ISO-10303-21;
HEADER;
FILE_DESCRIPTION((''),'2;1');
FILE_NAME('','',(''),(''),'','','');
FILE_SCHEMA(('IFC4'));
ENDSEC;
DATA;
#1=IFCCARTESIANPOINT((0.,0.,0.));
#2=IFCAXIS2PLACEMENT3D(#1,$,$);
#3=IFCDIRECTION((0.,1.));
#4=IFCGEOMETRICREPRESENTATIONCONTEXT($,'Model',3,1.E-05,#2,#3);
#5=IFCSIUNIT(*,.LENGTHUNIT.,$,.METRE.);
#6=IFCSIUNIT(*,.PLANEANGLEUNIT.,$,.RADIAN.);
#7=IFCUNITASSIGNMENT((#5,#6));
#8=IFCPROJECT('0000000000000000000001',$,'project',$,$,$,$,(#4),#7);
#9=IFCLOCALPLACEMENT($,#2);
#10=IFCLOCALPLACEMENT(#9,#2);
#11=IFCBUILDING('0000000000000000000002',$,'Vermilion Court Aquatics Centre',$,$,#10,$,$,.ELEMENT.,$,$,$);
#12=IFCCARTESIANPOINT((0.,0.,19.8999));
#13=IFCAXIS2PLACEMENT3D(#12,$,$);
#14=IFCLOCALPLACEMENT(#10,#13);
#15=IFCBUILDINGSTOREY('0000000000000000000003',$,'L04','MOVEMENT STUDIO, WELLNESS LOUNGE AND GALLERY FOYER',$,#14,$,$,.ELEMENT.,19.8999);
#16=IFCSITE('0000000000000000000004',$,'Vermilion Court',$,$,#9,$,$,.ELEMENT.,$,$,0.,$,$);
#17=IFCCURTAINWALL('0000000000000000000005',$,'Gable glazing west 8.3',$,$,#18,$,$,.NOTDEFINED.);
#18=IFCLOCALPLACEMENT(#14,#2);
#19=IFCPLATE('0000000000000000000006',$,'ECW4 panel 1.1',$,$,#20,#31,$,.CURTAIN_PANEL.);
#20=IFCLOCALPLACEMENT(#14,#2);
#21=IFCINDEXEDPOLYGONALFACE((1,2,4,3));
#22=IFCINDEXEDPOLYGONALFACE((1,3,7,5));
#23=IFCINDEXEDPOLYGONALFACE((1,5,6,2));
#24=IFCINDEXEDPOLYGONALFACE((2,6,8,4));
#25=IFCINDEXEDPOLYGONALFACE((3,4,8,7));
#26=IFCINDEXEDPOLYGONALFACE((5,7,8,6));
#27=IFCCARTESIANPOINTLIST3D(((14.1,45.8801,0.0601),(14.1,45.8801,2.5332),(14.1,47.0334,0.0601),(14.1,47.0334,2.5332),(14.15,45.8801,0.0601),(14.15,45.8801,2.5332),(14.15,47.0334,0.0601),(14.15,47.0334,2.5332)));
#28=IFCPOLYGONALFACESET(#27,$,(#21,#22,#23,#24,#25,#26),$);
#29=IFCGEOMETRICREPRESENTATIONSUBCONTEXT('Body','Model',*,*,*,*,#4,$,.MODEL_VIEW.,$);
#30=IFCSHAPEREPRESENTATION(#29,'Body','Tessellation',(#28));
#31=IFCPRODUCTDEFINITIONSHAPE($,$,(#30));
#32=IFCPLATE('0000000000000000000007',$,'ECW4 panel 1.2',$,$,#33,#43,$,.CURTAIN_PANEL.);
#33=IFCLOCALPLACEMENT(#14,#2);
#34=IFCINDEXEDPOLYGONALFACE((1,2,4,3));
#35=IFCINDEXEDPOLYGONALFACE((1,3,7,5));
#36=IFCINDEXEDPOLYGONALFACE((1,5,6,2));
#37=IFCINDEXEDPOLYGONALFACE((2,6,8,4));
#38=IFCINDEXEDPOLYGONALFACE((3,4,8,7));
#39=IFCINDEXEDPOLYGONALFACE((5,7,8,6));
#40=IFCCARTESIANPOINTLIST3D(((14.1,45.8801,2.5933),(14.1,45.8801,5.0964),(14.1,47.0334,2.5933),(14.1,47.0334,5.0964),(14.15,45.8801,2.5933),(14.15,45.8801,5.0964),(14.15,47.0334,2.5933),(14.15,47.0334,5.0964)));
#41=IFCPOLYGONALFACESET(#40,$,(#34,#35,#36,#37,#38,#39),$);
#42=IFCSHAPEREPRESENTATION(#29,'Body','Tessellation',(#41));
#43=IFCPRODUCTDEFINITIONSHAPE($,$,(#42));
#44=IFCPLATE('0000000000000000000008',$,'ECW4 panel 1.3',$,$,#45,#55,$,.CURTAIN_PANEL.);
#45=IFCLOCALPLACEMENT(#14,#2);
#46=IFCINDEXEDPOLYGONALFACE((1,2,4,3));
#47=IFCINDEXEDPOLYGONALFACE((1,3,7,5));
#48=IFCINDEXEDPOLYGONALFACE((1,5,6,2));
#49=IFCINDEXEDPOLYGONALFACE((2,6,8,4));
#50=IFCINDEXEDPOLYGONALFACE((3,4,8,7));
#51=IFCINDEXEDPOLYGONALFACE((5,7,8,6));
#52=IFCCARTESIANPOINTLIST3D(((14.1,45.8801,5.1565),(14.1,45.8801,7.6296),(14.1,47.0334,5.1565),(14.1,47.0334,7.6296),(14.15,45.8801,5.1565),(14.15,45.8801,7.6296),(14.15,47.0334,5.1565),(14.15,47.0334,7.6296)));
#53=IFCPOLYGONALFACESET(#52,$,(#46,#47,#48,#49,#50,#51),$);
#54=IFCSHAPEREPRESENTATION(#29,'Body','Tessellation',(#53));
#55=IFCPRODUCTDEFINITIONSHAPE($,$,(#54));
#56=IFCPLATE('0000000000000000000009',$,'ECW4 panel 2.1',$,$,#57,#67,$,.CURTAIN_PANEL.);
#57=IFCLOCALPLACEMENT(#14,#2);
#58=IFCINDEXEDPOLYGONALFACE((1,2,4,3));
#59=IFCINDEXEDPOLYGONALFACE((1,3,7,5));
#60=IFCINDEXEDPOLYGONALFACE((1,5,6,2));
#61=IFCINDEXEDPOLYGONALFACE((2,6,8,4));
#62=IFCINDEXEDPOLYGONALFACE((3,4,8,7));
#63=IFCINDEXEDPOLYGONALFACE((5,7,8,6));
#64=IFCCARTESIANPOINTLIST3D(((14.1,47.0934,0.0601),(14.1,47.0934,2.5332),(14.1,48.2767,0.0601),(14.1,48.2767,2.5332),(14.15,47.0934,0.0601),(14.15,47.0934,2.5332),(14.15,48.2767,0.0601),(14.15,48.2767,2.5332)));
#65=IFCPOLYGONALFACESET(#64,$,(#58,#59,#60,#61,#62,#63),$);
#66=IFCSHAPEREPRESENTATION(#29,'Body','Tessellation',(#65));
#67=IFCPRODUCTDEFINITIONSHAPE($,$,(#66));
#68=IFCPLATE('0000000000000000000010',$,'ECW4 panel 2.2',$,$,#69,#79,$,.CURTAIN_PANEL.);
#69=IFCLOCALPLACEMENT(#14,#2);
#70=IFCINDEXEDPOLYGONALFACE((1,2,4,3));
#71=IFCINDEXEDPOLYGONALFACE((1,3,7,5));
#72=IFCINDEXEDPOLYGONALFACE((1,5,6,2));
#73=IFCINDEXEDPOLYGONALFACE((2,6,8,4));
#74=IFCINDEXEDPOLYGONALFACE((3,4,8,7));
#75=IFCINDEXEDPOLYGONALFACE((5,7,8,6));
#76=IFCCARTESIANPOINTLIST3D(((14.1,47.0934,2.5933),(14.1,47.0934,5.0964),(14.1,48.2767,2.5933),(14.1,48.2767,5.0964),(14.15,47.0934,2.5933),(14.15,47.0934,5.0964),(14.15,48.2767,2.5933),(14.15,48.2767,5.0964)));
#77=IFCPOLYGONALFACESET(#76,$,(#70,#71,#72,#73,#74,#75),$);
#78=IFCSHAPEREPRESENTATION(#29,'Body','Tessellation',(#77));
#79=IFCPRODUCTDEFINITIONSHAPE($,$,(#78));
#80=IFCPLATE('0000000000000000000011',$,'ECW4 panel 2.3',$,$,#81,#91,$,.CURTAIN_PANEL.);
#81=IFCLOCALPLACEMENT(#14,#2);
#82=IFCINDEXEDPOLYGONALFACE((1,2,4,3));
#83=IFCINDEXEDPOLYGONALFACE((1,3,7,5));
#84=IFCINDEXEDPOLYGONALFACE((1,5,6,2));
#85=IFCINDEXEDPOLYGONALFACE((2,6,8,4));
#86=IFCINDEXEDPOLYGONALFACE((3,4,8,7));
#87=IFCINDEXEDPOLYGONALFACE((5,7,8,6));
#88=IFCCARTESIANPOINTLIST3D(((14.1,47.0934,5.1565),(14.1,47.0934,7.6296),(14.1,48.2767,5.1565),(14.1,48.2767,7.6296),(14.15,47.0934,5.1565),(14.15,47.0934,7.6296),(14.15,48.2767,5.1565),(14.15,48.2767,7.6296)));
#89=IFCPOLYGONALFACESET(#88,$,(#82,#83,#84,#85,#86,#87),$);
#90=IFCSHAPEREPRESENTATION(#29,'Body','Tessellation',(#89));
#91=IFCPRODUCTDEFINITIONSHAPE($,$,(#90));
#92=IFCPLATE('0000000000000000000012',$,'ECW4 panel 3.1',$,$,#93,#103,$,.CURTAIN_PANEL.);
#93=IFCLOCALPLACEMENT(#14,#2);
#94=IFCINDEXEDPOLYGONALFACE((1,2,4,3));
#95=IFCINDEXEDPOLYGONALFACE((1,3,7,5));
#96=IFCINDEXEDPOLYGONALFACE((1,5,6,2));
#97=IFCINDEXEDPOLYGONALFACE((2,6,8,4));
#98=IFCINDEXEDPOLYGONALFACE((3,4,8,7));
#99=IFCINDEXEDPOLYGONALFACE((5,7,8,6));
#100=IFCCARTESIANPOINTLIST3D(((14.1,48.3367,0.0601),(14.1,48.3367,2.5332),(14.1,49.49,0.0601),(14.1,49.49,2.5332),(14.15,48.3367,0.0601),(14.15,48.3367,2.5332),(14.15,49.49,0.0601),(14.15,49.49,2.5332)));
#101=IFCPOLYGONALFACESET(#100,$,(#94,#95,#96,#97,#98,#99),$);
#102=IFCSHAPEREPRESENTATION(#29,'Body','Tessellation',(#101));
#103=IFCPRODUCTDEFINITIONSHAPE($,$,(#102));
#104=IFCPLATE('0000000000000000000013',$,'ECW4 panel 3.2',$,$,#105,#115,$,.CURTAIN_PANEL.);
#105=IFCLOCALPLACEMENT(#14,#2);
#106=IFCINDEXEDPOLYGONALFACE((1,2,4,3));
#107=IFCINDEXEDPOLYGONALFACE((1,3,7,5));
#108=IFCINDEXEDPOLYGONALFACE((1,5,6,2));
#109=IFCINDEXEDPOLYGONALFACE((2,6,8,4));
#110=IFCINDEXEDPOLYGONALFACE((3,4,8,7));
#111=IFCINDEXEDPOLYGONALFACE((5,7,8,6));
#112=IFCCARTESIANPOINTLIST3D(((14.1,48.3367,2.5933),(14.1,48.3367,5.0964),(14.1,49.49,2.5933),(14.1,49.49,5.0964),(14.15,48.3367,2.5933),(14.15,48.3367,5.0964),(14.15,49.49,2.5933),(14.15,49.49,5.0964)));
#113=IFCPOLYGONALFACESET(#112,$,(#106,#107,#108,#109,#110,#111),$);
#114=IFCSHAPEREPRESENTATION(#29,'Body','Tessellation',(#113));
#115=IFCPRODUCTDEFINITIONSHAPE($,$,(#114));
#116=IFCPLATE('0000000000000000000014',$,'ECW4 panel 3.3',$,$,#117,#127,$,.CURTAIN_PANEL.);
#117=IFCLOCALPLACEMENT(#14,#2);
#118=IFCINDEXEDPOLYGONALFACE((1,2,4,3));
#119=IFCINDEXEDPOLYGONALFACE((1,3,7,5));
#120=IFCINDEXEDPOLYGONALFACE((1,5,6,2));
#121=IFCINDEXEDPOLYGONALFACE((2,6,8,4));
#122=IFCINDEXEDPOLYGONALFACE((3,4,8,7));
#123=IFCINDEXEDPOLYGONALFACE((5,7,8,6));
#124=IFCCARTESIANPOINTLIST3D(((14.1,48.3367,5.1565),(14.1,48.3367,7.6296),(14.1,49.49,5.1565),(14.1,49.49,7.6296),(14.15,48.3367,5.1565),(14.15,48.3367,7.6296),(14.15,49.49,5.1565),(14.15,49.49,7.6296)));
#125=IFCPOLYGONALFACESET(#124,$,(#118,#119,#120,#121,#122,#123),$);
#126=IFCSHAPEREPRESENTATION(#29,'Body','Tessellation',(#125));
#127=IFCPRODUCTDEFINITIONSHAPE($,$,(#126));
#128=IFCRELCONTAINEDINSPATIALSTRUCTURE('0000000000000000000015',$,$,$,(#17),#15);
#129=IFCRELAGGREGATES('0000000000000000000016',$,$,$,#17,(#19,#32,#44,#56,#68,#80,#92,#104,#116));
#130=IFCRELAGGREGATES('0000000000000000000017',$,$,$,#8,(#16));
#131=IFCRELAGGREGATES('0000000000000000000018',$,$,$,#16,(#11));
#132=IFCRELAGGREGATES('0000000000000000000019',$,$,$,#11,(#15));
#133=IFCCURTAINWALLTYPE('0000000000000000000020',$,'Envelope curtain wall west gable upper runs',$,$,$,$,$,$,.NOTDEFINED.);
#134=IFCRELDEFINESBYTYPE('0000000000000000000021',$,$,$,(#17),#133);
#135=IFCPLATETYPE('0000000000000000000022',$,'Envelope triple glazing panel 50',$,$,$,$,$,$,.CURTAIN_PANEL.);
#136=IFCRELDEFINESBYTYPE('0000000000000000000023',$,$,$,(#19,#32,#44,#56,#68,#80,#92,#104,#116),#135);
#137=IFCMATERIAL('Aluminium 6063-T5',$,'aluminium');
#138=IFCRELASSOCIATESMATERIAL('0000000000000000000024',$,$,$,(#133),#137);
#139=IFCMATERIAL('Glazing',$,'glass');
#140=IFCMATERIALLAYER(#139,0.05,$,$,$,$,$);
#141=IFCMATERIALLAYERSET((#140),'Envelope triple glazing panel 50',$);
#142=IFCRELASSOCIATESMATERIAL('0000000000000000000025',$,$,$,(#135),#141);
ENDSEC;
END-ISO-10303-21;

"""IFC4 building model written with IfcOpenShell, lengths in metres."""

from ifc_helpers import new_model, si_unit, direction, frame, origin, origin_2d, place, context, subcontext, project, spatial, rectangle, extrude, material, layer, layer_set, type_object, element, aggregate, save


model = new_model("IFC4")

# Units and contexts
model_context = context("Model", 3, precision=1e-05, world=origin(), true_north=direction((0.0, 1.0)))
body_context = subcontext(model_context, "Body", "Model", "MODEL_VIEW")
ifc_project = project(units=[si_unit("LENGTHUNIT", "METRE"), si_unit("PLANEANGLEUNIT", "RADIAN")], contexts=[model_context])

# Site, building, storey
site_placement = place(None, origin())
site = spatial("IfcSite", under=ifc_project, at=site_placement, Name="Vermilion Court", CompositionType="ELEMENT", RefElevation=0.0)
building_placement = place(site_placement, origin())
building = spatial("IfcBuilding", under=site, at=building_placement, Name="Vermilion Court Aquatics Centre", CompositionType="ELEMENT")
storey_placement = place(building_placement, frame((0.0, 0.0, 19.8999)))
storey = spatial("IfcBuildingStorey", under=building, at=storey_placement, Name="L04", Description="MOVEMENT STUDIO, WELLNESS LOUNGE AND GALLERY FOYER", CompositionType="ELEMENT", Elevation=19.8999)

# Curtain wall
ifc_material_1 = material(Name="Aluminium 6063-T5", Category="aluminium")
curtain_wall_type = type_object("IfcCurtainWallType", Name="Envelope curtain wall west gable upper runs", PredefinedType="NOTDEFINED", material=ifc_material_1)
curtain_wall_1_placement = place(storey_placement, origin())
curtain_wall_1 = element("IfcCurtainWall", 1, at=curtain_wall_1_placement, inside=storey, type_object=curtain_wall_type, Name="Gable glazing west 8.3", PredefinedType="NOTDEFINED")

# Plates
ifc_material_2 = material(Name="Glazing", Category="glass")
ifc_layer = layer(ifc_material_2, 0.05)
ifc_layer_set = layer_set([ifc_layer], Name="Envelope triple glazing panel 50")
plate_type = type_object("IfcPlateType", Name="Envelope triple glazing panel 50", PredefinedType="CURTAIN_PANEL", material=ifc_layer_set)
plate_1_placement = place(storey_placement, frame((14.125, 46.4568, 0.0601), z_axis=(0.0, 0.0, 1.0), x_axis=(0.0, 1.0, 0.0)))
plate_1 = element("IfcPlate", 2, at=plate_1_placement, type_object=plate_type, Name="ECW4 panel 1.1", PredefinedType="CURTAIN_PANEL", context=body_context, shape_type="SweptSolid", body=[
    extrude(rectangle(XDim=1.1533, YDim=0.05, at=origin_2d()), origin(), (0.0, 0.0, 1.0), 2.4731),
])
plate_2_placement = place(storey_placement, frame((14.125, 46.4568, 2.5933), z_axis=(0.0, 0.0, 1.0), x_axis=(0.0, 1.0, 0.0)))
plate_2 = element("IfcPlate", 3, at=plate_2_placement, type_object=plate_type, Name="ECW4 panel 1.2", PredefinedType="CURTAIN_PANEL", context=body_context, shape_type="SweptSolid", body=[
    extrude(rectangle(XDim=1.1533, YDim=0.05, at=origin_2d()), origin(), (0.0, 0.0, 1.0), 2.5032),
])
plate_3_placement = place(storey_placement, frame((14.125, 46.4568, 5.1565), z_axis=(0.0, 0.0, 1.0), x_axis=(0.0, 1.0, 0.0)))
plate_3 = element("IfcPlate", 4, at=plate_3_placement, type_object=plate_type, Name="ECW4 panel 1.3", PredefinedType="CURTAIN_PANEL", context=body_context, shape_type="SweptSolid", body=[
    extrude(rectangle(XDim=1.1533, YDim=0.05, at=origin_2d()), origin(), (0.0, 0.0, 1.0), 2.4731),
])
plate_4_placement = place(storey_placement, frame((14.125, 47.6851, 0.0601), z_axis=(0.0, 0.0, 1.0), x_axis=(0.0, 1.0, 0.0)))
plate_4 = element("IfcPlate", 5, at=plate_4_placement, type_object=plate_type, Name="ECW4 panel 2.1", PredefinedType="CURTAIN_PANEL", context=body_context, shape_type="SweptSolid", body=[
    extrude(rectangle(XDim=1.1833, YDim=0.05, at=origin_2d()), origin(), (0.0, 0.0, 1.0), 2.4731),
])
plate_5_placement = place(storey_placement, frame((14.125, 47.6851, 2.5933), z_axis=(0.0, 0.0, 1.0), x_axis=(0.0, 1.0, 0.0)))
plate_5 = element("IfcPlate", 6, at=plate_5_placement, type_object=plate_type, Name="ECW4 panel 2.2", PredefinedType="CURTAIN_PANEL", context=body_context, shape_type="SweptSolid", body=[
    extrude(rectangle(XDim=1.1833, YDim=0.05, at=origin_2d()), origin(), (0.0, 0.0, 1.0), 2.5032),
])
plate_6_placement = place(storey_placement, frame((14.125, 47.6851, 5.1565), z_axis=(0.0, 0.0, 1.0), x_axis=(0.0, 1.0, 0.0)))
plate_6 = element("IfcPlate", 7, at=plate_6_placement, type_object=plate_type, Name="ECW4 panel 2.3", PredefinedType="CURTAIN_PANEL", context=body_context, shape_type="SweptSolid", body=[
    extrude(rectangle(XDim=1.1833, YDim=0.05, at=origin_2d()), origin(), (0.0, 0.0, 1.0), 2.4731),
])
plate_7_placement = place(storey_placement, frame((14.125, 48.9133, 0.0601), z_axis=(0.0, 0.0, 1.0), x_axis=(0.0, 1.0, 0.0)))
plate_7 = element("IfcPlate", 8, at=plate_7_placement, type_object=plate_type, Name="ECW4 panel 3.1", PredefinedType="CURTAIN_PANEL", context=body_context, shape_type="SweptSolid", body=[
    extrude(rectangle(XDim=1.1533, YDim=0.05, at=origin_2d()), origin(), (0.0, 0.0, 1.0), 2.4731),
])
plate_8_placement = place(storey_placement, frame((14.125, 48.9133, 2.5933), z_axis=(0.0, 0.0, 1.0), x_axis=(0.0, 1.0, 0.0)))
plate_8 = element("IfcPlate", 9, at=plate_8_placement, type_object=plate_type, Name="ECW4 panel 3.2", PredefinedType="CURTAIN_PANEL", context=body_context, shape_type="SweptSolid", body=[
    extrude(rectangle(XDim=1.1533, YDim=0.05, at=origin_2d()), origin(), (0.0, 0.0, 1.0), 2.5032),
])
plate_9_placement = place(storey_placement, frame((14.125, 48.9133, 5.1565), z_axis=(0.0, 0.0, 1.0), x_axis=(0.0, 1.0, 0.0)))
plate_9 = element("IfcPlate", 10, at=plate_9_placement, type_object=plate_type, Name="ECW4 panel 3.3", PredefinedType="CURTAIN_PANEL", context=body_context, shape_type="SweptSolid", body=[
    extrude(rectangle(XDim=1.1533, YDim=0.05, at=origin_2d()), origin(), (0.0, 0.0, 1.0), 2.4731),
])
aggregate(curtain_wall_1, [plate_1, plate_2, plate_3, plate_4, plate_5, plate_6, plate_7, plate_8, plate_9])

save(model, "model.ifc")
